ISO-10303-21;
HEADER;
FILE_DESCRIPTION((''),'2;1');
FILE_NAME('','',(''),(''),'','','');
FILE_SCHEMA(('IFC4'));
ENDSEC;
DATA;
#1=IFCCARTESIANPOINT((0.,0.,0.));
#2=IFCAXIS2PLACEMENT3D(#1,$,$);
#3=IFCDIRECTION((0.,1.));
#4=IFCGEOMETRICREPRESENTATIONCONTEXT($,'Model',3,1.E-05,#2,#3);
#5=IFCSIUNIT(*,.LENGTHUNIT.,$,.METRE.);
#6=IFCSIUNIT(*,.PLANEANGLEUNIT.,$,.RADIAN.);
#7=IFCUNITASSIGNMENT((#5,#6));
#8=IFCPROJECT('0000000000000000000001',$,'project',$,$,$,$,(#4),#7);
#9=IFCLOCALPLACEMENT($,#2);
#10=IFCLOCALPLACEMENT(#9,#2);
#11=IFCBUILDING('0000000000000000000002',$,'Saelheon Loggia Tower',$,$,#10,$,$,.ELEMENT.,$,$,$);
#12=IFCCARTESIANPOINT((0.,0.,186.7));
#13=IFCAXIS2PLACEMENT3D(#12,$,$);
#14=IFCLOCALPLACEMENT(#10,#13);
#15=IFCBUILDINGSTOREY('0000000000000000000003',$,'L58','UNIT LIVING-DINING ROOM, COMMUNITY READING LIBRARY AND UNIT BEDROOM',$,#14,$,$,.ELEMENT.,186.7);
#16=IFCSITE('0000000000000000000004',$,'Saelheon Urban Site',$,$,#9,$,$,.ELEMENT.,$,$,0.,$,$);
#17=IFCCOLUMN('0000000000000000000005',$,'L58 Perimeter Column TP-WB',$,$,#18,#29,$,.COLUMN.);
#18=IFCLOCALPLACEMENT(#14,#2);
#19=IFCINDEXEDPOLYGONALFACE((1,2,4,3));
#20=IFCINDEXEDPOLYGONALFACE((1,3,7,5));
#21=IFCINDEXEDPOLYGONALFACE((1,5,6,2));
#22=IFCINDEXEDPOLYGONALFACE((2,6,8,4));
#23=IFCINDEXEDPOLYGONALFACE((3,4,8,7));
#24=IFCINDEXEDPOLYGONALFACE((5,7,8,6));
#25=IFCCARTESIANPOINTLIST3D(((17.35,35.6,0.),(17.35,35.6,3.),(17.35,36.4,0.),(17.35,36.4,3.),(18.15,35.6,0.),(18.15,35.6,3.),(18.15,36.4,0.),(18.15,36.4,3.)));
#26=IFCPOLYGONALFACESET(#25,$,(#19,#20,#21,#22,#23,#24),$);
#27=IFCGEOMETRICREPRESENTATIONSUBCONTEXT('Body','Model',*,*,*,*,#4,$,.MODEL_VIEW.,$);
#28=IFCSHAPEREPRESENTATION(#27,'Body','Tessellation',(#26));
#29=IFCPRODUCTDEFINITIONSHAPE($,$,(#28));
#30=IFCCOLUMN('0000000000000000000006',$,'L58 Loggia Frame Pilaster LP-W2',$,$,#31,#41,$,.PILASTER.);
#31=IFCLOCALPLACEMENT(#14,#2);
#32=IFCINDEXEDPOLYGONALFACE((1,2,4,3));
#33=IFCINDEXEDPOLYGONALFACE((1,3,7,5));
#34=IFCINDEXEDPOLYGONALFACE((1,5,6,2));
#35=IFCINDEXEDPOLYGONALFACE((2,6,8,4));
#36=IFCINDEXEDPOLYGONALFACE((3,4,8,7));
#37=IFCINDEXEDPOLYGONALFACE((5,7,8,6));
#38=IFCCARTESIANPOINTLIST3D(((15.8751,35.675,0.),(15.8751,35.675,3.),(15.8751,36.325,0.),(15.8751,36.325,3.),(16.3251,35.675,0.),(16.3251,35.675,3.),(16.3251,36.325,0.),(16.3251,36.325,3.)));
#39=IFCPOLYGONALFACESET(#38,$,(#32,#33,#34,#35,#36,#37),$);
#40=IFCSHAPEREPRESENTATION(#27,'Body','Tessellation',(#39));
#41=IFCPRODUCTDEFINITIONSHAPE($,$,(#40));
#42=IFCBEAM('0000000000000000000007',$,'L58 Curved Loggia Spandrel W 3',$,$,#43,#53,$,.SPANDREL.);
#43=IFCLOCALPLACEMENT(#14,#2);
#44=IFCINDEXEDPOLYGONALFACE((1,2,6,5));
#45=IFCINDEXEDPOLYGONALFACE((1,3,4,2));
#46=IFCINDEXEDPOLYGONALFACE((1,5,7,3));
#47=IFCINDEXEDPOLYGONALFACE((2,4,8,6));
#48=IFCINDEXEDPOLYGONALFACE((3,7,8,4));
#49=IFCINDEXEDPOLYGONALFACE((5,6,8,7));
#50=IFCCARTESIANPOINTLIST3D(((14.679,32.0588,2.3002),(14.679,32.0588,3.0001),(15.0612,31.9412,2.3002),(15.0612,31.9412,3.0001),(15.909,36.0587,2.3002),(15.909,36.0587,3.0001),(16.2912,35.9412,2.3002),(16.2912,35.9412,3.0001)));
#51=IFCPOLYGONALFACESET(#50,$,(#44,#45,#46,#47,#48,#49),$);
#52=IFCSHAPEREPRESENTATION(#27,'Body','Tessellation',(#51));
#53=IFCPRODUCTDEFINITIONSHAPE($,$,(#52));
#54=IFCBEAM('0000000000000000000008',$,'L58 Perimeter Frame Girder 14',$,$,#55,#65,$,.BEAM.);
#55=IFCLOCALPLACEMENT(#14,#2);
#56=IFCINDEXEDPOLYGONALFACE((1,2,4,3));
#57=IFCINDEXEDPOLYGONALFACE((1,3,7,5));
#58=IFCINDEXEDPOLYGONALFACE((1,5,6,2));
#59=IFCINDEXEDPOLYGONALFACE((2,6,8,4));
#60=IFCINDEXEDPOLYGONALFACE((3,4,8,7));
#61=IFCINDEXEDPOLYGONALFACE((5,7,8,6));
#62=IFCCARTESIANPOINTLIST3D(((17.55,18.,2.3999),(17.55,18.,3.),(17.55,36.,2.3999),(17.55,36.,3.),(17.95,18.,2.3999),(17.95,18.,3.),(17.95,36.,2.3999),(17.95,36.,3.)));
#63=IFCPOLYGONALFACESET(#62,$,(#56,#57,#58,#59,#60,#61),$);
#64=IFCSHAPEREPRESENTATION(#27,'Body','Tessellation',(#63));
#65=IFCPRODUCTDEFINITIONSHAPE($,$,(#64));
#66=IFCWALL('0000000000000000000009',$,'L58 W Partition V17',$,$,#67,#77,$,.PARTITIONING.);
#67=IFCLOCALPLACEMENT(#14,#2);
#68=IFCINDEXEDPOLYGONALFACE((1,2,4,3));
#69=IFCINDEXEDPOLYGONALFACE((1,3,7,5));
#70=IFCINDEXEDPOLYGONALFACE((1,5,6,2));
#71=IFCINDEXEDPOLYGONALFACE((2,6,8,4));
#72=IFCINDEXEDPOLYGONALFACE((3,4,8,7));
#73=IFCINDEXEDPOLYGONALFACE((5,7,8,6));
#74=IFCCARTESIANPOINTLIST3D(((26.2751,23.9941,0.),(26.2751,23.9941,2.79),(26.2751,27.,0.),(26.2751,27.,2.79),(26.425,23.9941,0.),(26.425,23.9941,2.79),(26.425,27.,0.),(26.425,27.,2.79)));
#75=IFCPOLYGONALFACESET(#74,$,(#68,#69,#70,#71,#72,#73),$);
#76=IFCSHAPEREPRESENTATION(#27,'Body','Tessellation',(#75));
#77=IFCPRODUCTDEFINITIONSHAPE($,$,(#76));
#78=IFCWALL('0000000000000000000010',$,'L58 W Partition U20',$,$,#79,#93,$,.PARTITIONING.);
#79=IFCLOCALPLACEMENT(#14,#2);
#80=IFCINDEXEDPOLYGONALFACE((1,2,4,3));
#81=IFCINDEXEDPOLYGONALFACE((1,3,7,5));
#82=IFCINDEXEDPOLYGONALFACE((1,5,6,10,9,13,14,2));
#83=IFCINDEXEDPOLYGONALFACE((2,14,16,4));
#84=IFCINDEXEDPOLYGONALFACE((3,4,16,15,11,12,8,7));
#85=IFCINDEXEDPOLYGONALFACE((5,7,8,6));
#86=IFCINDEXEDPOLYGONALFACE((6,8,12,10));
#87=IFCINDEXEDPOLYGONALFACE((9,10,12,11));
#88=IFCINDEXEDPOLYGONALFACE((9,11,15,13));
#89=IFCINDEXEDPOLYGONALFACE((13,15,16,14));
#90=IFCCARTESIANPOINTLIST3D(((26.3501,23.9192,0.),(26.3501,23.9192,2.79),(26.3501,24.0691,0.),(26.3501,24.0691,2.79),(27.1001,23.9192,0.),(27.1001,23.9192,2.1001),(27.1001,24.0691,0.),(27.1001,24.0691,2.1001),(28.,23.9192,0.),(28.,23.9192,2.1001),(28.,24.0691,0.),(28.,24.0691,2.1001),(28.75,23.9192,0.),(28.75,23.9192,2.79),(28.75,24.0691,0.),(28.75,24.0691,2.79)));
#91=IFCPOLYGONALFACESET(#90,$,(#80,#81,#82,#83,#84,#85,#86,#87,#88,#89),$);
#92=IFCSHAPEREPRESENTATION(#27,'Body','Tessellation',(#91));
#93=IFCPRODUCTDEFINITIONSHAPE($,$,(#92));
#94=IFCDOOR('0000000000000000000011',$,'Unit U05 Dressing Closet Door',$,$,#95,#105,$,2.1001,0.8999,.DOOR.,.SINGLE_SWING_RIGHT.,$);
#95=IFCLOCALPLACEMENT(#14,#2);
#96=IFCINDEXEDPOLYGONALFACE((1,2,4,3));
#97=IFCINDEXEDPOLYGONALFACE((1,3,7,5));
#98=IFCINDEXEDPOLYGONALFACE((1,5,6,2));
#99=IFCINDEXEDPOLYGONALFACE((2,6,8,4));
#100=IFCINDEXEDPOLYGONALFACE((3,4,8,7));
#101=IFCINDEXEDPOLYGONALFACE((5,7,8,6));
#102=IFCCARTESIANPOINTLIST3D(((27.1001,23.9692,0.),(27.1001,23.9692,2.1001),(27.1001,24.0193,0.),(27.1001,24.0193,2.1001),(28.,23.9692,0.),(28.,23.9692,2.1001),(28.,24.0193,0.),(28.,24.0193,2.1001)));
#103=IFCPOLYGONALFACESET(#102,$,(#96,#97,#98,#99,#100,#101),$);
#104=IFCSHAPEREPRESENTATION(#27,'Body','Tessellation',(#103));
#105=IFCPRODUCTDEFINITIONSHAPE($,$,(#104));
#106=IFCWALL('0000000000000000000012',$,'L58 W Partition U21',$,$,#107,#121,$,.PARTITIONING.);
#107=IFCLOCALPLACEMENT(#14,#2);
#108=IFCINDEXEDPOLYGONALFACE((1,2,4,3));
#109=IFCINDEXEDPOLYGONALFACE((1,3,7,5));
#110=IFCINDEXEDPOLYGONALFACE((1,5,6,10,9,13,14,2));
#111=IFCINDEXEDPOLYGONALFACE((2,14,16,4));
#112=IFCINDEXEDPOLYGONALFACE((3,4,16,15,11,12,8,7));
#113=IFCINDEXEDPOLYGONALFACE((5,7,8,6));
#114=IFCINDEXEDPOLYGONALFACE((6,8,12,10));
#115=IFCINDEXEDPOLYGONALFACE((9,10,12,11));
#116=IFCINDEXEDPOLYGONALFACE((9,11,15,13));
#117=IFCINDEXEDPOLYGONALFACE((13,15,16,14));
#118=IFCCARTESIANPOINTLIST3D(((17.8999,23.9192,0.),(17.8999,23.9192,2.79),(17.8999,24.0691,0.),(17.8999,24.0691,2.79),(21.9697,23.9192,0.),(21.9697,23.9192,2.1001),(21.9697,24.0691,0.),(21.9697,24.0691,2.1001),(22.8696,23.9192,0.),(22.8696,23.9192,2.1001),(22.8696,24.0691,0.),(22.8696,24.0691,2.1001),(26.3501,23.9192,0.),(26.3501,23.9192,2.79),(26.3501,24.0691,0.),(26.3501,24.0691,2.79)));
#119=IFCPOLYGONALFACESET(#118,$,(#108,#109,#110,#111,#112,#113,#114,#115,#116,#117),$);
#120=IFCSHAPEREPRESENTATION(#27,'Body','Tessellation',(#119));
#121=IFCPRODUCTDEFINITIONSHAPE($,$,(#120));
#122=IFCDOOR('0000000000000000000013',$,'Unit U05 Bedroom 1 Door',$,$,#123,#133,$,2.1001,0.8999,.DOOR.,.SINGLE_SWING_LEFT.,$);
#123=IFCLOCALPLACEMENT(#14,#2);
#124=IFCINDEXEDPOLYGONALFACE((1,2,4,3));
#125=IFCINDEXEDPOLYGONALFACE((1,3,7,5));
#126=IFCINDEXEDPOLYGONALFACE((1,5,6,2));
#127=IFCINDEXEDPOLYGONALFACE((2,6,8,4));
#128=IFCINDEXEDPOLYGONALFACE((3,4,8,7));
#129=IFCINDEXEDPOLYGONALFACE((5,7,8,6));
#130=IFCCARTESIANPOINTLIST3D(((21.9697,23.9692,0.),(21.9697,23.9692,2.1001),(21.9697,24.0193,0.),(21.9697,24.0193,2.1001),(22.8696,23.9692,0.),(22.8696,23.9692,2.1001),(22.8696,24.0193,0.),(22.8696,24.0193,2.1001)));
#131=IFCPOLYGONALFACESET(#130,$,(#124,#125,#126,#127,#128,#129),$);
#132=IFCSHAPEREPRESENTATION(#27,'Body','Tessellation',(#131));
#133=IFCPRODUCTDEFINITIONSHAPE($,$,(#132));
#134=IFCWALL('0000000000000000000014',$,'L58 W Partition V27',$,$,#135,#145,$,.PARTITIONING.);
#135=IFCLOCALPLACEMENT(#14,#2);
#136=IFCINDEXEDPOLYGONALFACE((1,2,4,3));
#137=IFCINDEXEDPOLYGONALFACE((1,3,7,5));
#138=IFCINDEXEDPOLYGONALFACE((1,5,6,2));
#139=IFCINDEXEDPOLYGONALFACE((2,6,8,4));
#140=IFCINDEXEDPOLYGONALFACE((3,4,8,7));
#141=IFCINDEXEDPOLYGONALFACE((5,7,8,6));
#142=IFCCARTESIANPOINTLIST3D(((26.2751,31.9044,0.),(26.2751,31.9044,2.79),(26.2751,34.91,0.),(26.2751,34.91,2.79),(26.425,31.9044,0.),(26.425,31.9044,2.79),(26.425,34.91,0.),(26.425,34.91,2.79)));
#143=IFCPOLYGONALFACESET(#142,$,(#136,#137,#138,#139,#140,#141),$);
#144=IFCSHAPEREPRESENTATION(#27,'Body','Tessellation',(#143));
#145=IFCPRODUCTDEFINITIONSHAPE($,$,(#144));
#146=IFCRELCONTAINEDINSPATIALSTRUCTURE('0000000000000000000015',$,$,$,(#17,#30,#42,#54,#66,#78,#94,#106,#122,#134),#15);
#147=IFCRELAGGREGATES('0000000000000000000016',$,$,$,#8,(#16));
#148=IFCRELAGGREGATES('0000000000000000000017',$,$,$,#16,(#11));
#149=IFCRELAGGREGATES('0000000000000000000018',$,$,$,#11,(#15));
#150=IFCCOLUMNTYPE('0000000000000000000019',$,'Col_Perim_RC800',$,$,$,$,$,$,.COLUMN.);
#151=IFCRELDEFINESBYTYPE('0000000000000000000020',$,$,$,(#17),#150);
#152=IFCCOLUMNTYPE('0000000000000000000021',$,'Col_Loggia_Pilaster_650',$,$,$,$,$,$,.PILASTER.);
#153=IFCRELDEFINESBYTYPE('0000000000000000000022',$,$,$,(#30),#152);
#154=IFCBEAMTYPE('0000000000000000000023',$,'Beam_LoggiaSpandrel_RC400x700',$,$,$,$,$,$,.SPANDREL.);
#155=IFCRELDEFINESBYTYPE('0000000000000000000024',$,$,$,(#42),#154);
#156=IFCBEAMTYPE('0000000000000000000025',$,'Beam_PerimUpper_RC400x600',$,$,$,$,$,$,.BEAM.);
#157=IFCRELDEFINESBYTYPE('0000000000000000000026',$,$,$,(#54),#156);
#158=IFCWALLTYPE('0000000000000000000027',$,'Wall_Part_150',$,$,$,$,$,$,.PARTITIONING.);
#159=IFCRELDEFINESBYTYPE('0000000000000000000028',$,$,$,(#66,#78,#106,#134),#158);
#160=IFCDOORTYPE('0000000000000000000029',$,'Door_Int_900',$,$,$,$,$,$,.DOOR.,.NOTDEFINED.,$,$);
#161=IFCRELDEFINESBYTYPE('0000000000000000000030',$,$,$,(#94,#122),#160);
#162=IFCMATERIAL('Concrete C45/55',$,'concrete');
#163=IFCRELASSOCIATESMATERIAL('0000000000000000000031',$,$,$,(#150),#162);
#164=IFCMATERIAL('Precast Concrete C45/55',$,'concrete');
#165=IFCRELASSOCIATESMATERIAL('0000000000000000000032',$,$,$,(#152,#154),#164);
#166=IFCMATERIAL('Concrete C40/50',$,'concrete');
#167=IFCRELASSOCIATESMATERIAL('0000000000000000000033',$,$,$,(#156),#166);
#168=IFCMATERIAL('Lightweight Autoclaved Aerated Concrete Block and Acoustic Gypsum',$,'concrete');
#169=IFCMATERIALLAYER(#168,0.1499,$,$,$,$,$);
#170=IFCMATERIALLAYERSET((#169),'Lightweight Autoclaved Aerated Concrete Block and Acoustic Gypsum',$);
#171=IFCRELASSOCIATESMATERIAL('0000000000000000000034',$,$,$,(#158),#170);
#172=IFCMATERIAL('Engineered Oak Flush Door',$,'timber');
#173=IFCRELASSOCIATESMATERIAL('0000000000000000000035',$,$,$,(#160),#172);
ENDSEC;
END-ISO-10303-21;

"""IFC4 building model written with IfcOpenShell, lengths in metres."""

from ifc_helpers import new_model, si_unit, direction, frame, frame_2d, origin, origin_2d, place, context, subcontext, project, spatial, rectangle, extrude, source, transform, mapped, material, layer, layer_set, material_profile, profile_set, type_object, element, fill, save


model = new_model("IFC4")

# Units and contexts
model_context = context("Model", 3, precision=1e-05, world=origin(), true_north=direction((0.0, 1.0)))
body_context = subcontext(model_context, "Body", "Model", "MODEL_VIEW")
ifc_project = project(units=[si_unit("LENGTHUNIT", "METRE"), si_unit("PLANEANGLEUNIT", "RADIAN")], contexts=[model_context])

# Site, building, storey
site_placement = place(None, origin())
site = spatial("IfcSite", under=ifc_project, at=site_placement, Name="Saelheon Urban Site", CompositionType="ELEMENT", RefElevation=0.0)
building_placement = place(site_placement, origin())
building = spatial("IfcBuilding", under=site, at=building_placement, Name="Saelheon Loggia Tower", CompositionType="ELEMENT")
storey_placement = place(building_placement, frame((0.0, 0.0, 186.7)))
storey = spatial("IfcBuildingStorey", under=building, at=storey_placement, Name="L58", Description="UNIT LIVING-DINING ROOM, COMMUNITY READING LIBRARY AND UNIT BEDROOM", CompositionType="ELEMENT", Elevation=186.7)

# Columns
ifc_material_1 = material(Name="Concrete C45/55", Category="concrete")
ifc_material_profile_1 = material_profile(ifc_material_1, rectangle(XDim=0.8, YDim=0.8, at=origin_2d()), Name="RC-800x800")
ifc_profile_set_1 = profile_set([ifc_material_profile_1], Name="Concrete C45/55")
column_type_1 = type_object("IfcColumnType", Name="Col_Perim_RC800", PredefinedType="COLUMN", material=ifc_profile_set_1)
shared_shape_1 = source(origin(), body_context, "Body", "SweptSolid", [
    extrude(rectangle(XDim=0.8, YDim=0.8, at=origin_2d()), origin(), (0.0, 0.0, 1.0), 3.0),
])
column_1_placement = place(storey_placement, frame((17.75, 36.0, 0.0), z_axis=(0.0, 0.0, 1.0), x_axis=(1.0, 0.0, 0.0)))
element("IfcColumn", 1, at=column_1_placement, inside=storey, type_object=column_type_1, Name="L58 Perimeter Column TP-WB", PredefinedType="COLUMN", context=body_context, shape_type="MappedRepresentation", body=[
    mapped(shared_shape_1, transform((0.0, 0.0, 0.0), scale=1.0)),
])
ifc_material_2 = material(Name="Precast Concrete C45/55", Category="concrete")
ifc_material_profile_2 = material_profile(ifc_material_2, rectangle(XDim=0.45, YDim=0.6499, at=origin_2d()), Name="RC-450x650")
ifc_profile_set_2 = profile_set([ifc_material_profile_2], Name="Precast Concrete C45/55")
column_type_2 = type_object("IfcColumnType", Name="Col_Loggia_Pilaster_650", PredefinedType="PILASTER", material=ifc_profile_set_2)
shared_shape_2 = source(origin(), body_context, "Body", "SweptSolid", [
    extrude(rectangle(XDim=0.45, YDim=0.6499, at=origin_2d()), origin(), (0.0, 0.0, 1.0), 3.0),
])
column_2_placement = place(storey_placement, frame((16.1001, 36.0, 0.0), z_axis=(0.0, 0.0, 1.0), x_axis=(1.0, 0.0, 0.0)))
element("IfcColumn", 2, at=column_2_placement, inside=storey, type_object=column_type_2, Name="L58 Loggia Frame Pilaster LP-W2", PredefinedType="PILASTER", context=body_context, shape_type="MappedRepresentation", body=[
    mapped(shared_shape_2, transform((0.0, 0.0, 0.0), scale=1.0)),
])

# Beams
ifc_material_profile_3 = material_profile(ifc_material_2, rectangle(XDim=0.3999, YDim=0.7, at=origin_2d()), Name="RC-400x700")
ifc_profile_set_3 = profile_set([ifc_material_profile_3], Name="Precast Concrete C45/55")
beam_type_1 = type_object("IfcBeamType", Name="Beam_LoggiaSpandrel_RC400x700", PredefinedType="SPANDREL", material=ifc_profile_set_3)
shared_shape_3 = source(origin(), body_context, "Body", "SweptSolid", [
    extrude(rectangle(XDim=0.3999, YDim=0.7, at=origin_2d()), origin(), (0.0, 0.0, 1.0), 4.1848),
])
beam_1_placement = place(storey_placement, frame((14.8701, 32.0, 2.6501), z_axis=(0.293914, 0.955832, 0.0), x_axis=(-0.955832, 0.293914, 0.0)))
element("IfcBeam", 3, at=beam_1_placement, inside=storey, type_object=beam_type_1, Name="L58 Curved Loggia Spandrel W 3", PredefinedType="SPANDREL", context=body_context, shape_type="MappedRepresentation", body=[
    mapped(shared_shape_3, transform((0.0, 0.0, 0.0), scale=1.0)),
])
ifc_material_3 = material(Name="Concrete C40/50", Category="concrete")
ifc_material_profile_4 = material_profile(ifc_material_3, rectangle(XDim=0.3999, YDim=0.6001, at=origin_2d()), Name="RC-400x600")
ifc_profile_set_4 = profile_set([ifc_material_profile_4], Name="Concrete C40/50")
beam_type_2 = type_object("IfcBeamType", Name="Beam_PerimUpper_RC400x600", PredefinedType="BEAM", material=ifc_profile_set_4)
shared_shape_4 = source(origin(), body_context, "Body", "SweptSolid", [
    extrude(rectangle(XDim=0.3999, YDim=0.6001, at=origin_2d()), origin(), (0.0, 0.0, 1.0), 18.0),
])
beam_2_placement = place(storey_placement, frame((17.75, 36.0, 2.7), z_axis=(0.0, -1.0, 0.0), x_axis=(1.0, 0.0, 0.0)))
element("IfcBeam", 4, at=beam_2_placement, inside=storey, type_object=beam_type_2, Name="L58 Perimeter Frame Girder 14", PredefinedType="BEAM", context=body_context, shape_type="MappedRepresentation", body=[
    mapped(shared_shape_4, transform((0.0, 0.0, 0.0), scale=1.0)),
])

# Wall
ifc_material_4 = material(Name="Lightweight Autoclaved Aerated Concrete Block and Acoustic Gypsum", Category="concrete")
ifc_layer_1 = layer(ifc_material_4, 0.1499)
ifc_layer_set_1 = layer_set([ifc_layer_1], Name="Lightweight Autoclaved Aerated Concrete Block and Acoustic Gypsum")
wall_type_1 = type_object("IfcWallType", Name="Wall_Part_150", PredefinedType="PARTITIONING", material=ifc_layer_set_1)
wall_1_placement = place(storey_placement, frame((26.3501, 23.9941, 0.0), z_axis=(0.0, 0.0, 1.0), x_axis=(0.0, 1.0, 0.0)))
element("IfcWall", 5, at=wall_1_placement, inside=storey, type_object=wall_type_1, Name="L58 W Partition V17", PredefinedType="PARTITIONING", context=body_context, shape_type="SweptSolid", body=[
    extrude(rectangle(XDim=3.0059, YDim=0.1499, at=frame_2d((1.5029, 0.0))), origin(), (0.0, 0.0, 1.0), 2.79),
])

# Walls, openings, doors
wall_2_placement = place(storey_placement, frame((28.75, 23.9941, 0.0), z_axis=(0.0, 0.0, 1.0), x_axis=(-1.0, 0.0, 0.0)))
wall_2 = element("IfcWall", 6, at=wall_2_placement, inside=storey, type_object=wall_type_1, Name="L58 W Partition U20", PredefinedType="PARTITIONING", context=body_context, shape_type="SweptSolid", body=[
    extrude(rectangle(XDim=2.3999, YDim=0.1499, at=frame_2d((1.2, 0.0))), origin(), (0.0, 0.0, 1.0), 2.79),
])
opening_1_placement = place(wall_2_placement, frame((0.75, 0.0, 0.0)))
opening_1 = element("IfcOpeningElement", 7, at=opening_1_placement, cuts=wall_2, PredefinedType="OPENING", context=body_context, shape_type="SweptSolid", body=[
    extrude(rectangle(XDim=0.8999, YDim=2.1001, at=frame_2d((0.45, 1.05))), frame((0.0, 0.0869, 0.0), z_axis=(0.0, -1.0, 0.0), x_axis=(1.0, 0.0, 0.0)), (0.0, 0.0, 1.0), 0.1738),
])
ifc_material_5 = material(Name="Engineered Oak Flush Door", Category="timber")
door_type = type_object("IfcDoorType", Name="Door_Int_900", OperationType="NOTDEFINED", PredefinedType="DOOR", material=ifc_material_5)
shared_shape_5 = source(origin(), body_context, "Body", "SweptSolid", [
    extrude(rectangle(XDim=0.8999, YDim=2.1001, at=frame_2d((0.45, 1.05))), frame((0.0, 0.0249, 0.0), z_axis=(0.0, -1.0, 0.0), x_axis=(1.0, 0.0, 0.0)), (0.0, 0.0, 1.0), 0.05),
])
door_1_placement = place(opening_1_placement, origin())
door_1 = element("IfcDoor", 8, at=door_1_placement, inside=storey, type_object=door_type, Name="Unit U05 Dressing Closet Door", OperationType="SINGLE_SWING_RIGHT", OverallHeight=2.1001, OverallWidth=0.8999, PredefinedType="DOOR", context=body_context, shape_type="MappedRepresentation", body=[
    mapped(shared_shape_5, transform((0.0, 0.0, 0.0), scale=1.0)),
])
fill(opening_1, door_1)
wall_3_placement = place(storey_placement, frame((26.3501, 23.9941, 0.0), z_axis=(0.0, 0.0, 1.0), x_axis=(-1.0, 0.0, 0.0)))
wall_3 = element("IfcWall", 9, at=wall_3_placement, inside=storey, type_object=wall_type_1, Name="L58 W Partition U21", PredefinedType="PARTITIONING", context=body_context, shape_type="SweptSolid", body=[
    extrude(rectangle(XDim=8.4502, YDim=0.1499, at=frame_2d((4.2251, 0.0))), origin(), (0.0, 0.0, 1.0), 2.79),
])
opening_2_placement = place(wall_3_placement, frame((3.4805, 0.0, 0.0)))
opening_2 = element("IfcOpeningElement", 10, at=opening_2_placement, cuts=wall_3, PredefinedType="OPENING", context=body_context, shape_type="SweptSolid", body=[
    extrude(rectangle(XDim=0.8999, YDim=2.1001, at=frame_2d((0.45, 1.05))), frame((0.0, 0.0869, 0.0), z_axis=(0.0, -1.0, 0.0), x_axis=(1.0, 0.0, 0.0)), (0.0, 0.0, 1.0), 0.1738),
])
door_2_placement = place(opening_2_placement, origin())
door_2 = element("IfcDoor", 11, at=door_2_placement, inside=storey, type_object=door_type, Name="Unit U05 Bedroom 1 Door", OperationType="SINGLE_SWING_LEFT", OverallHeight=2.1001, OverallWidth=0.8999, PredefinedType="DOOR", context=body_context, shape_type="MappedRepresentation", body=[
    mapped(shared_shape_5, transform((0.0, 0.0, 0.0), scale=1.0)),
])
fill(opening_2, door_2)

# Wall
wall_4_placement = place(storey_placement, frame((26.3501, 31.9043, 0.0), z_axis=(0.0, 0.0, 1.0), x_axis=(0.0, 1.0, 0.0)))
element("IfcWall", 12, at=wall_4_placement, inside=storey, type_object=wall_type_1, Name="L58 W Partition V27", PredefinedType="PARTITIONING", context=body_context, shape_type="SweptSolid", body=[
    extrude(rectangle(XDim=3.0056, YDim=0.1499, at=frame_2d((1.5029, 0.0))), origin(), (0.0, 0.0, 1.0), 2.79),
])

save(model, "model.ifc")
